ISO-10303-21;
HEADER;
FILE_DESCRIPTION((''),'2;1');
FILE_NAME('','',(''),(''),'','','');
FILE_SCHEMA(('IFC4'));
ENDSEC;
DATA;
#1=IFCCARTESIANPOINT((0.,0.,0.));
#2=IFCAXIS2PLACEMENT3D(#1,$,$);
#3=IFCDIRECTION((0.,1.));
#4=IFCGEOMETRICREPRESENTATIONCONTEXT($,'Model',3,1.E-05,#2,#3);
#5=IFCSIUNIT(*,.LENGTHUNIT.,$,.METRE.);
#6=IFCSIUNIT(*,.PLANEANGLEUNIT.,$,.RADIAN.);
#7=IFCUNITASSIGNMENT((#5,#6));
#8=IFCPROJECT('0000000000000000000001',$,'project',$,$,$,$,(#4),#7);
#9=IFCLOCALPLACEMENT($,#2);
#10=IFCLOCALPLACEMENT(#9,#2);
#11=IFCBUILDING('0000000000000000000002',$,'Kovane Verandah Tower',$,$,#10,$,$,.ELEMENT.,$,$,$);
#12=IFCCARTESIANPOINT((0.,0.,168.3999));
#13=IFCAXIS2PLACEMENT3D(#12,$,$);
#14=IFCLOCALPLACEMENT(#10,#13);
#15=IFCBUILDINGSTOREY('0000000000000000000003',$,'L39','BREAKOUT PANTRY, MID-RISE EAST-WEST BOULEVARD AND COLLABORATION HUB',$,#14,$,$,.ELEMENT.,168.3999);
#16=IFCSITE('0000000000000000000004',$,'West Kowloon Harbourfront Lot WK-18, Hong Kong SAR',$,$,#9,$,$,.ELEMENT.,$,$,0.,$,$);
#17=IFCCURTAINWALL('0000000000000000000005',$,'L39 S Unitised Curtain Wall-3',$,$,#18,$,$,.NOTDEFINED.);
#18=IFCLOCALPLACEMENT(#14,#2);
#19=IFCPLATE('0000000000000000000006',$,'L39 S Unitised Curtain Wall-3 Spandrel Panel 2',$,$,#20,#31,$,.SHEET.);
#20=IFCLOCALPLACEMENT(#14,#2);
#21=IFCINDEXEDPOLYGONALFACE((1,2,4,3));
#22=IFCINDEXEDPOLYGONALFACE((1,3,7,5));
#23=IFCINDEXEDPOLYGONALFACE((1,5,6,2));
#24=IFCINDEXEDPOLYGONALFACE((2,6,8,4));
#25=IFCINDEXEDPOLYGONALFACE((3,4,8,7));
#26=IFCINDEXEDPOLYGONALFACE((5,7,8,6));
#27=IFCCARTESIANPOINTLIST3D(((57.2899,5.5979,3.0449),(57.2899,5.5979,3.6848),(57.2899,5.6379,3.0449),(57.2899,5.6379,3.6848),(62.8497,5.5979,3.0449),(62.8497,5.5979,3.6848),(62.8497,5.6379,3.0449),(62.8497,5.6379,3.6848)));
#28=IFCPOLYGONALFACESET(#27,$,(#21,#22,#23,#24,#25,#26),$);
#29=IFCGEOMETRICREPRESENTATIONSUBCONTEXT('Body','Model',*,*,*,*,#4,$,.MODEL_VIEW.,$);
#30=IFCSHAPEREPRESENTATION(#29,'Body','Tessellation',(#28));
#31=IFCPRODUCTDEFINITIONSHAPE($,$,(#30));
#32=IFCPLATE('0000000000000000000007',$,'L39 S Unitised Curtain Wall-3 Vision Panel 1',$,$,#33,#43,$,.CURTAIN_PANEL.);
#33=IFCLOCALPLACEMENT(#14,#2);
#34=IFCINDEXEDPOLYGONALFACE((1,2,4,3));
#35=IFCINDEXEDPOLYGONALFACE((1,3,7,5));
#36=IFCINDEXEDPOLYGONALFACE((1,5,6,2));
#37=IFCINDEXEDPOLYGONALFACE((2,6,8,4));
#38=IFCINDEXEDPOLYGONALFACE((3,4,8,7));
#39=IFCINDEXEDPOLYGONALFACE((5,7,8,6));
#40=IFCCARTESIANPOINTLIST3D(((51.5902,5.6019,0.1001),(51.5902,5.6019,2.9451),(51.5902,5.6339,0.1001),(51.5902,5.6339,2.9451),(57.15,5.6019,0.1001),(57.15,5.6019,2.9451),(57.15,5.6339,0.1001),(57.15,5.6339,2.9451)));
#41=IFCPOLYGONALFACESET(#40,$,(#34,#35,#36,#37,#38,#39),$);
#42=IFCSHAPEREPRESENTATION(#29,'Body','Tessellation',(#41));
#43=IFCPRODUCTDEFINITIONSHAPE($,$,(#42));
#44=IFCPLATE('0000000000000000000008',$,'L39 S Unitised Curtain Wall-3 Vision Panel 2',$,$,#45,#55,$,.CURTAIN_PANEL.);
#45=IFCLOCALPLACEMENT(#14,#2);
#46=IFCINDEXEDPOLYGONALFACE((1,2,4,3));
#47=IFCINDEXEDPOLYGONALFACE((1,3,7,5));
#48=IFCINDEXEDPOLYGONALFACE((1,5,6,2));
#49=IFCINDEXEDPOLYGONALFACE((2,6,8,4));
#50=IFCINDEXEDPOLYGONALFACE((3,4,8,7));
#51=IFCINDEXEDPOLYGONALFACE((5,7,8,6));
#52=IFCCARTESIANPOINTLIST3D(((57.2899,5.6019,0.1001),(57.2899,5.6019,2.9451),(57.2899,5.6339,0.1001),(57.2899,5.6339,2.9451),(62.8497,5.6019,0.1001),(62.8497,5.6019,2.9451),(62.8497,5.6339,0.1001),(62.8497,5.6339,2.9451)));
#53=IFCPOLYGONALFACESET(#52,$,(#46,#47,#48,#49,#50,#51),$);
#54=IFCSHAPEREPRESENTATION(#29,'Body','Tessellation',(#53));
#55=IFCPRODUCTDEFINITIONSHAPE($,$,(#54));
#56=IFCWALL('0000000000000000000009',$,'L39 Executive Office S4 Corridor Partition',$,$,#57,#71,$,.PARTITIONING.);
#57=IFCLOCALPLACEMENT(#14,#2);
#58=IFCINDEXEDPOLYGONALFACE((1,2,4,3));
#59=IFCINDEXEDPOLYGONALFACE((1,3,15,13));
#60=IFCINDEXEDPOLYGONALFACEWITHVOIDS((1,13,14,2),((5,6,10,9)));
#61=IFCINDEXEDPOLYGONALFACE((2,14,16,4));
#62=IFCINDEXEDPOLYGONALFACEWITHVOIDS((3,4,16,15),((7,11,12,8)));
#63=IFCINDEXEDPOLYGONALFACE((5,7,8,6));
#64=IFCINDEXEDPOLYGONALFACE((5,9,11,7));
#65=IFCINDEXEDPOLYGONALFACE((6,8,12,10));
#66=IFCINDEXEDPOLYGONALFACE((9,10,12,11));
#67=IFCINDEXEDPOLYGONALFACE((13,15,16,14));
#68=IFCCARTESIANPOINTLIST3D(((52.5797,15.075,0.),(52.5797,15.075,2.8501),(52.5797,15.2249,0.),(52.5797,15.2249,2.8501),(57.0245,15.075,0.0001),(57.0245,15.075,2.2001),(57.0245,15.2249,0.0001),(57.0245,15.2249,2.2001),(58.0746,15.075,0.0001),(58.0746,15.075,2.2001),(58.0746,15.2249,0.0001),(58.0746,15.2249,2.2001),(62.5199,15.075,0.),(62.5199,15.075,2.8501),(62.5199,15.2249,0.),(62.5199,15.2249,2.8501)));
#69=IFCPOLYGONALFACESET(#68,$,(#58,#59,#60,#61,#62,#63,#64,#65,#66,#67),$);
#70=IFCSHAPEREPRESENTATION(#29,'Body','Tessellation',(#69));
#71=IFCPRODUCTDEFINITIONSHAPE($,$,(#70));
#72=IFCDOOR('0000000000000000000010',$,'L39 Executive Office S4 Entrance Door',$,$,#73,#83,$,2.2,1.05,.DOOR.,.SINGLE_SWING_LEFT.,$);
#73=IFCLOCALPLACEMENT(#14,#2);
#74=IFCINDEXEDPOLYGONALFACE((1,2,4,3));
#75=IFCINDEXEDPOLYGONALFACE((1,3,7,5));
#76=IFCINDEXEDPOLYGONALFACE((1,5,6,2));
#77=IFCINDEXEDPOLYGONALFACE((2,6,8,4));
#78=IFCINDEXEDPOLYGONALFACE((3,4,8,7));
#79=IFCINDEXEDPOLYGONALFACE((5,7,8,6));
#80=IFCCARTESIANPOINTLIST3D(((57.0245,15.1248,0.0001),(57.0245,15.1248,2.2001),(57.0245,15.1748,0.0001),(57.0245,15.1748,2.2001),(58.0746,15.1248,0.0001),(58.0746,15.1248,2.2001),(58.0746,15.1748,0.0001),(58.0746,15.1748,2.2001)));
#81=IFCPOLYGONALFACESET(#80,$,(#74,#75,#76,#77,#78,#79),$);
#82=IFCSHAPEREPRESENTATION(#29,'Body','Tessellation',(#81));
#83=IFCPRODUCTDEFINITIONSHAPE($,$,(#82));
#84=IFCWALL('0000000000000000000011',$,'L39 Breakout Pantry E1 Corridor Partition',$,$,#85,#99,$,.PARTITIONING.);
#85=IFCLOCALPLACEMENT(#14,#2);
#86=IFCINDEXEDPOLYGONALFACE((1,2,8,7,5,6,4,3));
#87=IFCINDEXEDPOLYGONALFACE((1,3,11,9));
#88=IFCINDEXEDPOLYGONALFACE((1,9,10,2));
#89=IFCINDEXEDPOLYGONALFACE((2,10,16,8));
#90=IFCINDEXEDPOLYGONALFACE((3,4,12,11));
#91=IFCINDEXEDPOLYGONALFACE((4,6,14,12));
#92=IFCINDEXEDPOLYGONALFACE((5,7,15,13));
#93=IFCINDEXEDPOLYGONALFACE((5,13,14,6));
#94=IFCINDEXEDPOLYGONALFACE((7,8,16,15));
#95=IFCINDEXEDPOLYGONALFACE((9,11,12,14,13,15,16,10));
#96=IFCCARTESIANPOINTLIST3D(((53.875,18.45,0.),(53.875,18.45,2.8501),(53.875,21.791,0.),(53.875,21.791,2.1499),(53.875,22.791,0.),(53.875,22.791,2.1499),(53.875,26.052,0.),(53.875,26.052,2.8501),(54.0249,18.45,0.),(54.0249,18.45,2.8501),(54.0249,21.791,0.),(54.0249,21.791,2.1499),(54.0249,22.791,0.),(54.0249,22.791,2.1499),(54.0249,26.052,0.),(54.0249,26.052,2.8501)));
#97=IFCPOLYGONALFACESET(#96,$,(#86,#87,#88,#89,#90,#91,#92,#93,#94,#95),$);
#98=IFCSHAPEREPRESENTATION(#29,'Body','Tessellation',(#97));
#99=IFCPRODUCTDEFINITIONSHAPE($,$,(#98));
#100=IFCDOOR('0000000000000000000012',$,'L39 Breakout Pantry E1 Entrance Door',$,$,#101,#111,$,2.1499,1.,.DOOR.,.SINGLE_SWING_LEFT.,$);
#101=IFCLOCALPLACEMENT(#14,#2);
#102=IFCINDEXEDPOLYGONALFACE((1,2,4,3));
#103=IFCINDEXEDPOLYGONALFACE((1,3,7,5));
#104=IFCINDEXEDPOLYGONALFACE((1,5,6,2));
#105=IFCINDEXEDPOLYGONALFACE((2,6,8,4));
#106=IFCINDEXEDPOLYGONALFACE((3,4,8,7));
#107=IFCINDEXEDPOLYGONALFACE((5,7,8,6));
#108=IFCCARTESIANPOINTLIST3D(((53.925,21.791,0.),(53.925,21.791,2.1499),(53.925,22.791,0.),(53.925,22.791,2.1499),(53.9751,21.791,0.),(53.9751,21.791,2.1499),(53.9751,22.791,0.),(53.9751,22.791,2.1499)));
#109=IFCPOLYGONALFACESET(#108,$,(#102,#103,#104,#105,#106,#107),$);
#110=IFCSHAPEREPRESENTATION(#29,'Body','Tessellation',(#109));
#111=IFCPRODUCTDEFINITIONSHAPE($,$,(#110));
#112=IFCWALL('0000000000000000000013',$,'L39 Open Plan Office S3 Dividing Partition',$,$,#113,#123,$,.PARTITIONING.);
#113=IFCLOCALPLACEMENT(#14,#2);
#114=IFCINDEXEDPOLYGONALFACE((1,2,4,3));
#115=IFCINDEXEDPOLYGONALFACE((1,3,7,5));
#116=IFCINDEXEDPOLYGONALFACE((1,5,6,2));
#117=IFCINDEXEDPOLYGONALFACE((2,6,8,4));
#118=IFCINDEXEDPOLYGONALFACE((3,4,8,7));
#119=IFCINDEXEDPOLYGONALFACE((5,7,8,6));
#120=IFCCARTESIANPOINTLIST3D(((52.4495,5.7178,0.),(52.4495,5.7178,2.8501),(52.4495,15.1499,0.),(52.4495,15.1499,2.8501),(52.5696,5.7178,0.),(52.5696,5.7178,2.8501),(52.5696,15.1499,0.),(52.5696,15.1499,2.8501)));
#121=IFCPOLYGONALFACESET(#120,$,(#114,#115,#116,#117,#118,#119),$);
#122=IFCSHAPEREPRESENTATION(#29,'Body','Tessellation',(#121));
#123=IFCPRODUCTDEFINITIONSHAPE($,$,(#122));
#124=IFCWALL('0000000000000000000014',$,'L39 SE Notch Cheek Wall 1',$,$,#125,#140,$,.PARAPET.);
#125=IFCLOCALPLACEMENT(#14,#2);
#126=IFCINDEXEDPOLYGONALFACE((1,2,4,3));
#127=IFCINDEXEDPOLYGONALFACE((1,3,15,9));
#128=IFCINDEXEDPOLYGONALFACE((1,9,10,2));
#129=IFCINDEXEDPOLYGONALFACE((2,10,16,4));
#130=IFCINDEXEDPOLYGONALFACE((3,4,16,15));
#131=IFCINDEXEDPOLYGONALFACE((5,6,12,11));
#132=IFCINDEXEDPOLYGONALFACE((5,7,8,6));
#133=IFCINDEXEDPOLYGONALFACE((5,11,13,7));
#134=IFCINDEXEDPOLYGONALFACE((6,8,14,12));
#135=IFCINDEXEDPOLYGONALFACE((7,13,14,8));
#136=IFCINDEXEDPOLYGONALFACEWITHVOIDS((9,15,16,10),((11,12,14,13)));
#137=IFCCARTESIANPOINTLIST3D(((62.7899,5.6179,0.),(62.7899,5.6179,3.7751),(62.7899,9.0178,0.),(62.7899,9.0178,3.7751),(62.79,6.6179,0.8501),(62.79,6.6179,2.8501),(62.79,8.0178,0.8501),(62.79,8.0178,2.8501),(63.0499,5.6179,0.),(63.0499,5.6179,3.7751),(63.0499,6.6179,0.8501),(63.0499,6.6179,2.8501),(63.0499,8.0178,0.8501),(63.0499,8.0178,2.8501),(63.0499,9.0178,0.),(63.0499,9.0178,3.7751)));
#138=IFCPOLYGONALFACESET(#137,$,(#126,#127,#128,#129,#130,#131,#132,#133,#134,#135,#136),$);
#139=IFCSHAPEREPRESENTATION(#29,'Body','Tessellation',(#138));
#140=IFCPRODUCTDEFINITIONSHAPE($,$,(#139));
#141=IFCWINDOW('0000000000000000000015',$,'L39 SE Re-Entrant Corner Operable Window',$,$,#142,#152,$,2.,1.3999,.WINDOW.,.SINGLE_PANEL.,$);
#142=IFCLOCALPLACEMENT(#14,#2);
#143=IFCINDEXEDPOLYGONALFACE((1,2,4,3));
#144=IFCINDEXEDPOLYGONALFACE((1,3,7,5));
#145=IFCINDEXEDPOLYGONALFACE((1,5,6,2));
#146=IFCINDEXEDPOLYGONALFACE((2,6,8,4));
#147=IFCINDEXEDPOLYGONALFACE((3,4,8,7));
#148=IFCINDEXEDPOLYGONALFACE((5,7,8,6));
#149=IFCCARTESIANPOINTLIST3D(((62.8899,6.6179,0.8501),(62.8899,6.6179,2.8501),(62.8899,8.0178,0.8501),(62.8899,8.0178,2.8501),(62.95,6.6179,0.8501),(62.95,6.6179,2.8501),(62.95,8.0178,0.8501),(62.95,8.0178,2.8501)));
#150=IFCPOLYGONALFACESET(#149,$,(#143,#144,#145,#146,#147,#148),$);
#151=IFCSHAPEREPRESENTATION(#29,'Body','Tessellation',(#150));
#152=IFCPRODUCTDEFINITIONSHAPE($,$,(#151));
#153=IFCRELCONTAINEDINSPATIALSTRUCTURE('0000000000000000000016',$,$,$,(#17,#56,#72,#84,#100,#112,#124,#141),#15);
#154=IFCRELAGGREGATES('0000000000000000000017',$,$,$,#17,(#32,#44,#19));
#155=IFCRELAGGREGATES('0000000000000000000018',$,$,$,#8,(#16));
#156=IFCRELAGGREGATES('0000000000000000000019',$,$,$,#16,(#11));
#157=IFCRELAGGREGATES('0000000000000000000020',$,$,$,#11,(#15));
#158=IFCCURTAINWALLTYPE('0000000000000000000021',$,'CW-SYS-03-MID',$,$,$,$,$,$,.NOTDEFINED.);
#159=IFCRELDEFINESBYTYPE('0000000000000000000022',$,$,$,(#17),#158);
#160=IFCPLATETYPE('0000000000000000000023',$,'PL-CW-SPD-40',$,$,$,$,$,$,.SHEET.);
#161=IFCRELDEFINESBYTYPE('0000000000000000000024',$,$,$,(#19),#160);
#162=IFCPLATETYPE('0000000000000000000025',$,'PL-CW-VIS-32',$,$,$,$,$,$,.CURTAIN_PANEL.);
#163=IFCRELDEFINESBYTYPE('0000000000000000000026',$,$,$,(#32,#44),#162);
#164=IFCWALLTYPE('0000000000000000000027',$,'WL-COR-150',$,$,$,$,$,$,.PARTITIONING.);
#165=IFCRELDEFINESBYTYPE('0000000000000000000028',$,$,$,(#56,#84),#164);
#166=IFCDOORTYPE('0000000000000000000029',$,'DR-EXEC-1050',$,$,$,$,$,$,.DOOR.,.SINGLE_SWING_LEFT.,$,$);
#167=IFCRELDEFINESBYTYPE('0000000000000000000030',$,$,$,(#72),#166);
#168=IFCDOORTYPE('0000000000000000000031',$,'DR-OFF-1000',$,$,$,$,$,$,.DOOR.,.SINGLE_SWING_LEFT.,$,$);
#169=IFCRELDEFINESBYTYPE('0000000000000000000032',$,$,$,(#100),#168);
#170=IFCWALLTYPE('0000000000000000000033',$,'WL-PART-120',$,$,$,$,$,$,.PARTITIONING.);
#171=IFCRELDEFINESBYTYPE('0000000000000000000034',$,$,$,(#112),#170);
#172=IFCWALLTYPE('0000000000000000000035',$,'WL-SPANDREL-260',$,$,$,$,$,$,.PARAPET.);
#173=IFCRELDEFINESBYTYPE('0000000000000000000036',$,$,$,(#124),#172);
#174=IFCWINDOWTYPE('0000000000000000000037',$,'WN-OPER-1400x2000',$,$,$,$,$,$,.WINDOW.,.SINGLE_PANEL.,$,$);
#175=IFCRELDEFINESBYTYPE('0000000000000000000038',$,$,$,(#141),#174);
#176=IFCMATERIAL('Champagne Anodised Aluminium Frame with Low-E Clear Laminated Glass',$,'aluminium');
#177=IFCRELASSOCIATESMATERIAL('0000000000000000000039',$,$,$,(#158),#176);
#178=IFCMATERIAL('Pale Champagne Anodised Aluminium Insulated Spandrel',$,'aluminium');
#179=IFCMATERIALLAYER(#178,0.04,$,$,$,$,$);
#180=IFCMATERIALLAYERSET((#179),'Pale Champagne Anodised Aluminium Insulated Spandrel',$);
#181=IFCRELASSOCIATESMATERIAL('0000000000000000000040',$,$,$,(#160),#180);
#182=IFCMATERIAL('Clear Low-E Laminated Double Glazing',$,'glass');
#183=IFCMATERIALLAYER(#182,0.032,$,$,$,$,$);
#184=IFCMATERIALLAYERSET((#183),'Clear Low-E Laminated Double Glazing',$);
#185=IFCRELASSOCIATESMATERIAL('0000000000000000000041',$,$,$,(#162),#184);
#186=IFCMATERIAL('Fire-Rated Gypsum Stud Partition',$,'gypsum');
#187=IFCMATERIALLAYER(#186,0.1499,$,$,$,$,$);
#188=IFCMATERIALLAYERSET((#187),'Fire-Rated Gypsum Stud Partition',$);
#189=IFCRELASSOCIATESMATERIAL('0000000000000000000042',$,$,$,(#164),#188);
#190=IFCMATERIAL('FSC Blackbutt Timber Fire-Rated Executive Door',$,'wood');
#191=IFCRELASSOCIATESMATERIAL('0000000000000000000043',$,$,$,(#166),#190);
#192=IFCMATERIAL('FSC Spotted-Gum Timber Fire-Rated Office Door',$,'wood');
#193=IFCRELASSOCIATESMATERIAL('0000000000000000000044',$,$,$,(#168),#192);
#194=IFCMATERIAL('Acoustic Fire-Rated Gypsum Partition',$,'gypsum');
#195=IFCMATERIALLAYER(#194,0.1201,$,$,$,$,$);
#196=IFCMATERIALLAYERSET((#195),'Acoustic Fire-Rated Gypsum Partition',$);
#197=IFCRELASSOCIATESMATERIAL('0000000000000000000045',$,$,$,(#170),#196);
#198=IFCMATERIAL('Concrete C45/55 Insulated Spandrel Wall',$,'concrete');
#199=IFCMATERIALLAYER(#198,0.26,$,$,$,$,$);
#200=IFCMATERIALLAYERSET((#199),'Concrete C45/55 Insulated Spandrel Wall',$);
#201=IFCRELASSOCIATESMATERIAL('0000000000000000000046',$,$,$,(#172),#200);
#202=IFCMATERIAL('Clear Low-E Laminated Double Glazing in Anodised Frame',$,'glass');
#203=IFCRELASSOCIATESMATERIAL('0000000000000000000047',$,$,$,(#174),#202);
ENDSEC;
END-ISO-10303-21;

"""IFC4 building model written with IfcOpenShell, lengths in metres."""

from ifc_helpers import new_model, si_unit, direction, frame, frame_2d, origin, origin_2d, place, context, subcontext, project, spatial, rectangle, extrude, material, layer, layer_set, type_object, element, fill, aggregate, save


model = new_model("IFC4")

# Units and contexts
model_context = context("Model", 3, precision=1e-05, world=origin(), true_north=direction((0.0, 1.0)))
body_context = subcontext(model_context, "Body", "Model", "MODEL_VIEW")
ifc_project = project(units=[si_unit("LENGTHUNIT", "METRE"), si_unit("PLANEANGLEUNIT", "RADIAN")], contexts=[model_context])

# Site, building, storey
site_placement = place(None, origin())
site = spatial("IfcSite", under=ifc_project, at=site_placement, Name="West Kowloon Harbourfront Lot WK-18, Hong Kong SAR", CompositionType="ELEMENT", RefElevation=0.0)
building_placement = place(site_placement, origin())
building = spatial("IfcBuilding", under=site, at=building_placement, Name="Kovane Verandah Tower", CompositionType="ELEMENT")
storey_placement = place(building_placement, frame((0.0, 0.0, 168.3999)))
storey = spatial("IfcBuildingStorey", under=building, at=storey_placement, Name="L39", Description="BREAKOUT PANTRY, MID-RISE EAST-WEST BOULEVARD AND COLLABORATION HUB", CompositionType="ELEMENT", Elevation=168.3999)

# Curtain wall
ifc_material_1 = material(Name="Champagne Anodised Aluminium Frame with Low-E Clear Laminated Glass", Category="aluminium")
curtain_wall_type = type_object("IfcCurtainWallType", Name="CW-SYS-03-MID", PredefinedType="NOTDEFINED", material=ifc_material_1)
curtain_wall_placement = place(storey_placement, origin())
curtain_wall = element("IfcCurtainWall", 1, at=curtain_wall_placement, inside=storey, type_object=curtain_wall_type, Name="L39 S Unitised Curtain Wall-3", PredefinedType="NOTDEFINED")

# Plates
ifc_material_2 = material(Name="Pale Champagne Anodised Aluminium Insulated Spandrel", Category="aluminium")
ifc_layer_1 = layer(ifc_material_2, 0.04)
ifc_layer_set_1 = layer_set([ifc_layer_1], Name="Pale Champagne Anodised Aluminium Insulated Spandrel")
plate_type_1 = type_object("IfcPlateType", Name="PL-CW-SPD-40", PredefinedType="SHEET", material=ifc_layer_set_1)
plate_1_placement = place(storey_placement, frame((60.0698, 5.6179, 3.0449), z_axis=(0.0, 0.0, 1.0), x_axis=(1.0, 0.0, 0.0)))
plate_1 = element("IfcPlate", 2, at=plate_1_placement, type_object=plate_type_1, Name="L39 S Unitised Curtain Wall-3 Spandrel Panel 2", PredefinedType="SHEET", context=body_context, shape_type="SweptSolid", body=[
    extrude(rectangle(XDim=5.5598, YDim=0.04, at=origin_2d()), origin(), (0.0, 0.0, 1.0), 0.6399),
])
ifc_material_3 = material(Name="Clear Low-E Laminated Double Glazing", Category="glass")
ifc_layer_2 = layer(ifc_material_3, 0.032)
ifc_layer_set_2 = layer_set([ifc_layer_2], Name="Clear Low-E Laminated Double Glazing")
plate_type_2 = type_object("IfcPlateType", Name="PL-CW-VIS-32", PredefinedType="CURTAIN_PANEL", material=ifc_layer_set_2)
plate_2_placement = place(storey_placement, frame((54.3701, 5.6179, 0.1001), z_axis=(0.0, 0.0, 1.0), x_axis=(1.0, 0.0, 0.0)))
plate_2 = element("IfcPlate", 3, at=plate_2_placement, type_object=plate_type_2, Name="L39 S Unitised Curtain Wall-3 Vision Panel 1", PredefinedType="CURTAIN_PANEL", context=body_context, shape_type="SweptSolid", body=[
    extrude(rectangle(XDim=5.5598, YDim=0.032, at=origin_2d()), origin(), (0.0, 0.0, 1.0), 2.845),
])
plate_3_placement = place(storey_placement, frame((60.0698, 5.6179, 0.1001), z_axis=(0.0, 0.0, 1.0), x_axis=(1.0, 0.0, 0.0)))
plate_3 = element("IfcPlate", 4, at=plate_3_placement, type_object=plate_type_2, Name="L39 S Unitised Curtain Wall-3 Vision Panel 2", PredefinedType="CURTAIN_PANEL", context=body_context, shape_type="SweptSolid", body=[
    extrude(rectangle(XDim=5.5598, YDim=0.032, at=origin_2d()), origin(), (0.0, 0.0, 1.0), 2.845),
])
aggregate(curtain_wall, [plate_2, plate_3, plate_1])

# Walls, openings, doors
ifc_material_4 = material(Name="Fire-Rated Gypsum Stud Partition", Category="gypsum")
ifc_layer_3 = layer(ifc_material_4, 0.1499)
ifc_layer_set_3 = layer_set([ifc_layer_3], Name="Fire-Rated Gypsum Stud Partition")
wall_type_1 = type_object("IfcWallType", Name="WL-COR-150", PredefinedType="PARTITIONING", material=ifc_layer_set_3)
wall_1_placement = place(storey_placement, frame((52.5796, 15.1499, 0.0), z_axis=(0.0, 0.0, 1.0), x_axis=(1.0, 0.0, 0.0)))
wall_1 = element("IfcWall", 5, at=wall_1_placement, inside=storey, type_object=wall_type_1, Name="L39 Executive Office S4 Corridor Partition", PredefinedType="PARTITIONING", context=body_context, shape_type="SweptSolid", body=[
    extrude(rectangle(XDim=9.9402, YDim=0.1499, at=frame_2d((4.9702, 0.0))), origin(), (0.0, 0.0, 1.0), 2.8501),
])
opening_1_placement = place(wall_1_placement, frame((4.4451, 0.0, 0.0)))
opening_1 = element("IfcOpeningElement", 6, at=opening_1_placement, cuts=wall_1, PredefinedType="OPENING", context=body_context, shape_type="SweptSolid", body=[
    extrude(rectangle(XDim=1.05, YDim=2.2, at=frame_2d((0.5249, 1.1001))), frame((0.0, 0.075, 0.0), z_axis=(0.0, -1.0, 0.0), x_axis=(1.0, 0.0, 0.0)), (0.0, 0.0, 1.0), 0.1499),
])
ifc_material_5 = material(Name="FSC Blackbutt Timber Fire-Rated Executive Door", Category="wood")
door_type_1 = type_object("IfcDoorType", Name="DR-EXEC-1050", OperationType="SINGLE_SWING_LEFT", PredefinedType="DOOR", material=ifc_material_5)
door_1_placement = place(opening_1_placement, origin())
door_1 = element("IfcDoor", 7, at=door_1_placement, inside=storey, type_object=door_type_1, Name="L39 Executive Office S4 Entrance Door", OperationType="SINGLE_SWING_LEFT", OverallHeight=2.2, OverallWidth=1.05, PredefinedType="DOOR", context=body_context, shape_type="SweptSolid", body=[
    extrude(rectangle(XDim=1.05, YDim=2.2, at=frame_2d((0.5249, 1.1001))), frame((0.0, 0.0249, 0.0), z_axis=(0.0, -1.0, 0.0), x_axis=(1.0, 0.0, 0.0)), (0.0, 0.0, 1.0), 0.05),
])
fill(opening_1, door_1)
wall_2_placement = place(storey_placement, frame((53.95, 18.45, 0.0), z_axis=(0.0, 0.0, 1.0), x_axis=(0.0, 1.0, 0.0)))
wall_2 = element("IfcWall", 8, at=wall_2_placement, inside=storey, type_object=wall_type_1, Name="L39 Breakout Pantry E1 Corridor Partition", PredefinedType="PARTITIONING", context=body_context, shape_type="SweptSolid", body=[
    extrude(rectangle(XDim=7.6021, YDim=0.1499, at=frame_2d((3.801, 0.0))), origin(), (0.0, 0.0, 1.0), 2.8501),
])
opening_2_placement = place(wall_2_placement, frame((3.3411, 0.0, 0.0)))
opening_2 = element("IfcOpeningElement", 9, at=opening_2_placement, cuts=wall_2, PredefinedType="OPENING", context=body_context, shape_type="SweptSolid", body=[
    extrude(rectangle(XDim=1.0, YDim=2.1499, at=frame_2d((0.5, 1.075))), frame((0.0, 0.075, 0.0), z_axis=(0.0, -1.0, 0.0), x_axis=(1.0, 0.0, 0.0)), (0.0, 0.0, 1.0), 0.1499),
])
ifc_material_6 = material(Name="FSC Spotted-Gum Timber Fire-Rated Office Door", Category="wood")
door_type_2 = type_object("IfcDoorType", Name="DR-OFF-1000", OperationType="SINGLE_SWING_LEFT", PredefinedType="DOOR", material=ifc_material_6)
door_2_placement = place(opening_2_placement, origin())
door_2 = element("IfcDoor", 10, at=door_2_placement, inside=storey, type_object=door_type_2, Name="L39 Breakout Pantry E1 Entrance Door", OperationType="SINGLE_SWING_LEFT", OverallHeight=2.1499, OverallWidth=1.0, PredefinedType="DOOR", context=body_context, shape_type="SweptSolid", body=[
    extrude(rectangle(XDim=1.0, YDim=2.1499, at=frame_2d((0.5, 1.075))), frame((0.0, 0.0249, 0.0), z_axis=(0.0, -1.0, 0.0), x_axis=(1.0, 0.0, 0.0)), (0.0, 0.0, 1.0), 0.05),
])
fill(opening_2, door_2)

# Wall
ifc_material_7 = material(Name="Acoustic Fire-Rated Gypsum Partition", Category="gypsum")
ifc_layer_4 = layer(ifc_material_7, 0.1201)
ifc_layer_set_4 = layer_set([ifc_layer_4], Name="Acoustic Fire-Rated Gypsum Partition")
wall_type_2 = type_object("IfcWallType", Name="WL-PART-120", PredefinedType="PARTITIONING", material=ifc_layer_set_4)
wall_3_placement = place(storey_placement, frame((52.5095, 5.7178, 0.0), z_axis=(0.0, 0.0, 1.0), x_axis=(0.0, 1.0, 0.0)))
element("IfcWall", 11, at=wall_3_placement, inside=storey, type_object=wall_type_2, Name="L39 Open Plan Office S3 Dividing Partition", PredefinedType="PARTITIONING", context=body_context, shape_type="SweptSolid", body=[
    extrude(rectangle(XDim=9.4321, YDim=0.1201, at=frame_2d((4.7161, 0.0))), origin(), (0.0, 0.0, 1.0), 2.8501),
])

# Wall, opening, window
ifc_material_8 = material(Name="Concrete C45/55 Insulated Spandrel Wall", Category="concrete")
ifc_layer_5 = layer(ifc_material_8, 0.26)
ifc_layer_set_5 = layer_set([ifc_layer_5], Name="Concrete C45/55 Insulated Spandrel Wall")
wall_type_3 = type_object("IfcWallType", Name="WL-SPANDREL-260", PredefinedType="PARAPET", material=ifc_layer_set_5)
wall_4_placement = place(storey_placement, frame((62.9199, 5.6179, 0.0), z_axis=(0.0, 0.0, 1.0), x_axis=(0.0, 1.0, 0.0)))
wall_4 = element("IfcWall", 12, at=wall_4_placement, inside=storey, type_object=wall_type_3, Name="L39 SE Notch Cheek Wall 1", PredefinedType="PARAPET", context=body_context, shape_type="SweptSolid", body=[
    extrude(rectangle(XDim=3.3999, YDim=0.26, at=frame_2d((1.7, 0.0))), origin(), (0.0, 0.0, 1.0), 3.7751),
])
opening_3_placement = place(wall_4_placement, frame((1.0, 0.0, 0.8501)))
opening_3 = element("IfcOpeningElement", 13, at=opening_3_placement, cuts=wall_4, PredefinedType="OPENING", context=body_context, shape_type="SweptSolid", body=[
    extrude(rectangle(XDim=1.3999, YDim=2.0, at=frame_2d((0.7, 1.0))), frame((0.0, 0.1299, 0.0), z_axis=(0.0, -1.0, 0.0), x_axis=(1.0, 0.0, 0.0)), (0.0, 0.0, 1.0), 0.26),
])
ifc_material_9 = material(Name="Clear Low-E Laminated Double Glazing in Anodised Frame", Category="glass")
window_type = type_object("IfcWindowType", Name="WN-OPER-1400x2000", PartitioningType="SINGLE_PANEL", PredefinedType="WINDOW", material=ifc_material_9)
window_placement = place(opening_3_placement, origin())
window = element("IfcWindow", 14, at=window_placement, inside=storey, type_object=window_type, Name="L39 SE Re-Entrant Corner Operable Window", OverallHeight=2.0, OverallWidth=1.3999, PartitioningType="SINGLE_PANEL", PredefinedType="WINDOW", context=body_context, shape_type="SweptSolid", body=[
    extrude(rectangle(XDim=1.3999, YDim=2.0, at=frame_2d((0.7, 1.0))), frame((0.0, 0.03, 0.0), z_axis=(0.0, -1.0, 0.0), x_axis=(1.0, 0.0, 0.0)), (0.0, 0.0, 1.0), 0.0601),
])
fill(opening_3, window)

save(model, "model.ifc")
